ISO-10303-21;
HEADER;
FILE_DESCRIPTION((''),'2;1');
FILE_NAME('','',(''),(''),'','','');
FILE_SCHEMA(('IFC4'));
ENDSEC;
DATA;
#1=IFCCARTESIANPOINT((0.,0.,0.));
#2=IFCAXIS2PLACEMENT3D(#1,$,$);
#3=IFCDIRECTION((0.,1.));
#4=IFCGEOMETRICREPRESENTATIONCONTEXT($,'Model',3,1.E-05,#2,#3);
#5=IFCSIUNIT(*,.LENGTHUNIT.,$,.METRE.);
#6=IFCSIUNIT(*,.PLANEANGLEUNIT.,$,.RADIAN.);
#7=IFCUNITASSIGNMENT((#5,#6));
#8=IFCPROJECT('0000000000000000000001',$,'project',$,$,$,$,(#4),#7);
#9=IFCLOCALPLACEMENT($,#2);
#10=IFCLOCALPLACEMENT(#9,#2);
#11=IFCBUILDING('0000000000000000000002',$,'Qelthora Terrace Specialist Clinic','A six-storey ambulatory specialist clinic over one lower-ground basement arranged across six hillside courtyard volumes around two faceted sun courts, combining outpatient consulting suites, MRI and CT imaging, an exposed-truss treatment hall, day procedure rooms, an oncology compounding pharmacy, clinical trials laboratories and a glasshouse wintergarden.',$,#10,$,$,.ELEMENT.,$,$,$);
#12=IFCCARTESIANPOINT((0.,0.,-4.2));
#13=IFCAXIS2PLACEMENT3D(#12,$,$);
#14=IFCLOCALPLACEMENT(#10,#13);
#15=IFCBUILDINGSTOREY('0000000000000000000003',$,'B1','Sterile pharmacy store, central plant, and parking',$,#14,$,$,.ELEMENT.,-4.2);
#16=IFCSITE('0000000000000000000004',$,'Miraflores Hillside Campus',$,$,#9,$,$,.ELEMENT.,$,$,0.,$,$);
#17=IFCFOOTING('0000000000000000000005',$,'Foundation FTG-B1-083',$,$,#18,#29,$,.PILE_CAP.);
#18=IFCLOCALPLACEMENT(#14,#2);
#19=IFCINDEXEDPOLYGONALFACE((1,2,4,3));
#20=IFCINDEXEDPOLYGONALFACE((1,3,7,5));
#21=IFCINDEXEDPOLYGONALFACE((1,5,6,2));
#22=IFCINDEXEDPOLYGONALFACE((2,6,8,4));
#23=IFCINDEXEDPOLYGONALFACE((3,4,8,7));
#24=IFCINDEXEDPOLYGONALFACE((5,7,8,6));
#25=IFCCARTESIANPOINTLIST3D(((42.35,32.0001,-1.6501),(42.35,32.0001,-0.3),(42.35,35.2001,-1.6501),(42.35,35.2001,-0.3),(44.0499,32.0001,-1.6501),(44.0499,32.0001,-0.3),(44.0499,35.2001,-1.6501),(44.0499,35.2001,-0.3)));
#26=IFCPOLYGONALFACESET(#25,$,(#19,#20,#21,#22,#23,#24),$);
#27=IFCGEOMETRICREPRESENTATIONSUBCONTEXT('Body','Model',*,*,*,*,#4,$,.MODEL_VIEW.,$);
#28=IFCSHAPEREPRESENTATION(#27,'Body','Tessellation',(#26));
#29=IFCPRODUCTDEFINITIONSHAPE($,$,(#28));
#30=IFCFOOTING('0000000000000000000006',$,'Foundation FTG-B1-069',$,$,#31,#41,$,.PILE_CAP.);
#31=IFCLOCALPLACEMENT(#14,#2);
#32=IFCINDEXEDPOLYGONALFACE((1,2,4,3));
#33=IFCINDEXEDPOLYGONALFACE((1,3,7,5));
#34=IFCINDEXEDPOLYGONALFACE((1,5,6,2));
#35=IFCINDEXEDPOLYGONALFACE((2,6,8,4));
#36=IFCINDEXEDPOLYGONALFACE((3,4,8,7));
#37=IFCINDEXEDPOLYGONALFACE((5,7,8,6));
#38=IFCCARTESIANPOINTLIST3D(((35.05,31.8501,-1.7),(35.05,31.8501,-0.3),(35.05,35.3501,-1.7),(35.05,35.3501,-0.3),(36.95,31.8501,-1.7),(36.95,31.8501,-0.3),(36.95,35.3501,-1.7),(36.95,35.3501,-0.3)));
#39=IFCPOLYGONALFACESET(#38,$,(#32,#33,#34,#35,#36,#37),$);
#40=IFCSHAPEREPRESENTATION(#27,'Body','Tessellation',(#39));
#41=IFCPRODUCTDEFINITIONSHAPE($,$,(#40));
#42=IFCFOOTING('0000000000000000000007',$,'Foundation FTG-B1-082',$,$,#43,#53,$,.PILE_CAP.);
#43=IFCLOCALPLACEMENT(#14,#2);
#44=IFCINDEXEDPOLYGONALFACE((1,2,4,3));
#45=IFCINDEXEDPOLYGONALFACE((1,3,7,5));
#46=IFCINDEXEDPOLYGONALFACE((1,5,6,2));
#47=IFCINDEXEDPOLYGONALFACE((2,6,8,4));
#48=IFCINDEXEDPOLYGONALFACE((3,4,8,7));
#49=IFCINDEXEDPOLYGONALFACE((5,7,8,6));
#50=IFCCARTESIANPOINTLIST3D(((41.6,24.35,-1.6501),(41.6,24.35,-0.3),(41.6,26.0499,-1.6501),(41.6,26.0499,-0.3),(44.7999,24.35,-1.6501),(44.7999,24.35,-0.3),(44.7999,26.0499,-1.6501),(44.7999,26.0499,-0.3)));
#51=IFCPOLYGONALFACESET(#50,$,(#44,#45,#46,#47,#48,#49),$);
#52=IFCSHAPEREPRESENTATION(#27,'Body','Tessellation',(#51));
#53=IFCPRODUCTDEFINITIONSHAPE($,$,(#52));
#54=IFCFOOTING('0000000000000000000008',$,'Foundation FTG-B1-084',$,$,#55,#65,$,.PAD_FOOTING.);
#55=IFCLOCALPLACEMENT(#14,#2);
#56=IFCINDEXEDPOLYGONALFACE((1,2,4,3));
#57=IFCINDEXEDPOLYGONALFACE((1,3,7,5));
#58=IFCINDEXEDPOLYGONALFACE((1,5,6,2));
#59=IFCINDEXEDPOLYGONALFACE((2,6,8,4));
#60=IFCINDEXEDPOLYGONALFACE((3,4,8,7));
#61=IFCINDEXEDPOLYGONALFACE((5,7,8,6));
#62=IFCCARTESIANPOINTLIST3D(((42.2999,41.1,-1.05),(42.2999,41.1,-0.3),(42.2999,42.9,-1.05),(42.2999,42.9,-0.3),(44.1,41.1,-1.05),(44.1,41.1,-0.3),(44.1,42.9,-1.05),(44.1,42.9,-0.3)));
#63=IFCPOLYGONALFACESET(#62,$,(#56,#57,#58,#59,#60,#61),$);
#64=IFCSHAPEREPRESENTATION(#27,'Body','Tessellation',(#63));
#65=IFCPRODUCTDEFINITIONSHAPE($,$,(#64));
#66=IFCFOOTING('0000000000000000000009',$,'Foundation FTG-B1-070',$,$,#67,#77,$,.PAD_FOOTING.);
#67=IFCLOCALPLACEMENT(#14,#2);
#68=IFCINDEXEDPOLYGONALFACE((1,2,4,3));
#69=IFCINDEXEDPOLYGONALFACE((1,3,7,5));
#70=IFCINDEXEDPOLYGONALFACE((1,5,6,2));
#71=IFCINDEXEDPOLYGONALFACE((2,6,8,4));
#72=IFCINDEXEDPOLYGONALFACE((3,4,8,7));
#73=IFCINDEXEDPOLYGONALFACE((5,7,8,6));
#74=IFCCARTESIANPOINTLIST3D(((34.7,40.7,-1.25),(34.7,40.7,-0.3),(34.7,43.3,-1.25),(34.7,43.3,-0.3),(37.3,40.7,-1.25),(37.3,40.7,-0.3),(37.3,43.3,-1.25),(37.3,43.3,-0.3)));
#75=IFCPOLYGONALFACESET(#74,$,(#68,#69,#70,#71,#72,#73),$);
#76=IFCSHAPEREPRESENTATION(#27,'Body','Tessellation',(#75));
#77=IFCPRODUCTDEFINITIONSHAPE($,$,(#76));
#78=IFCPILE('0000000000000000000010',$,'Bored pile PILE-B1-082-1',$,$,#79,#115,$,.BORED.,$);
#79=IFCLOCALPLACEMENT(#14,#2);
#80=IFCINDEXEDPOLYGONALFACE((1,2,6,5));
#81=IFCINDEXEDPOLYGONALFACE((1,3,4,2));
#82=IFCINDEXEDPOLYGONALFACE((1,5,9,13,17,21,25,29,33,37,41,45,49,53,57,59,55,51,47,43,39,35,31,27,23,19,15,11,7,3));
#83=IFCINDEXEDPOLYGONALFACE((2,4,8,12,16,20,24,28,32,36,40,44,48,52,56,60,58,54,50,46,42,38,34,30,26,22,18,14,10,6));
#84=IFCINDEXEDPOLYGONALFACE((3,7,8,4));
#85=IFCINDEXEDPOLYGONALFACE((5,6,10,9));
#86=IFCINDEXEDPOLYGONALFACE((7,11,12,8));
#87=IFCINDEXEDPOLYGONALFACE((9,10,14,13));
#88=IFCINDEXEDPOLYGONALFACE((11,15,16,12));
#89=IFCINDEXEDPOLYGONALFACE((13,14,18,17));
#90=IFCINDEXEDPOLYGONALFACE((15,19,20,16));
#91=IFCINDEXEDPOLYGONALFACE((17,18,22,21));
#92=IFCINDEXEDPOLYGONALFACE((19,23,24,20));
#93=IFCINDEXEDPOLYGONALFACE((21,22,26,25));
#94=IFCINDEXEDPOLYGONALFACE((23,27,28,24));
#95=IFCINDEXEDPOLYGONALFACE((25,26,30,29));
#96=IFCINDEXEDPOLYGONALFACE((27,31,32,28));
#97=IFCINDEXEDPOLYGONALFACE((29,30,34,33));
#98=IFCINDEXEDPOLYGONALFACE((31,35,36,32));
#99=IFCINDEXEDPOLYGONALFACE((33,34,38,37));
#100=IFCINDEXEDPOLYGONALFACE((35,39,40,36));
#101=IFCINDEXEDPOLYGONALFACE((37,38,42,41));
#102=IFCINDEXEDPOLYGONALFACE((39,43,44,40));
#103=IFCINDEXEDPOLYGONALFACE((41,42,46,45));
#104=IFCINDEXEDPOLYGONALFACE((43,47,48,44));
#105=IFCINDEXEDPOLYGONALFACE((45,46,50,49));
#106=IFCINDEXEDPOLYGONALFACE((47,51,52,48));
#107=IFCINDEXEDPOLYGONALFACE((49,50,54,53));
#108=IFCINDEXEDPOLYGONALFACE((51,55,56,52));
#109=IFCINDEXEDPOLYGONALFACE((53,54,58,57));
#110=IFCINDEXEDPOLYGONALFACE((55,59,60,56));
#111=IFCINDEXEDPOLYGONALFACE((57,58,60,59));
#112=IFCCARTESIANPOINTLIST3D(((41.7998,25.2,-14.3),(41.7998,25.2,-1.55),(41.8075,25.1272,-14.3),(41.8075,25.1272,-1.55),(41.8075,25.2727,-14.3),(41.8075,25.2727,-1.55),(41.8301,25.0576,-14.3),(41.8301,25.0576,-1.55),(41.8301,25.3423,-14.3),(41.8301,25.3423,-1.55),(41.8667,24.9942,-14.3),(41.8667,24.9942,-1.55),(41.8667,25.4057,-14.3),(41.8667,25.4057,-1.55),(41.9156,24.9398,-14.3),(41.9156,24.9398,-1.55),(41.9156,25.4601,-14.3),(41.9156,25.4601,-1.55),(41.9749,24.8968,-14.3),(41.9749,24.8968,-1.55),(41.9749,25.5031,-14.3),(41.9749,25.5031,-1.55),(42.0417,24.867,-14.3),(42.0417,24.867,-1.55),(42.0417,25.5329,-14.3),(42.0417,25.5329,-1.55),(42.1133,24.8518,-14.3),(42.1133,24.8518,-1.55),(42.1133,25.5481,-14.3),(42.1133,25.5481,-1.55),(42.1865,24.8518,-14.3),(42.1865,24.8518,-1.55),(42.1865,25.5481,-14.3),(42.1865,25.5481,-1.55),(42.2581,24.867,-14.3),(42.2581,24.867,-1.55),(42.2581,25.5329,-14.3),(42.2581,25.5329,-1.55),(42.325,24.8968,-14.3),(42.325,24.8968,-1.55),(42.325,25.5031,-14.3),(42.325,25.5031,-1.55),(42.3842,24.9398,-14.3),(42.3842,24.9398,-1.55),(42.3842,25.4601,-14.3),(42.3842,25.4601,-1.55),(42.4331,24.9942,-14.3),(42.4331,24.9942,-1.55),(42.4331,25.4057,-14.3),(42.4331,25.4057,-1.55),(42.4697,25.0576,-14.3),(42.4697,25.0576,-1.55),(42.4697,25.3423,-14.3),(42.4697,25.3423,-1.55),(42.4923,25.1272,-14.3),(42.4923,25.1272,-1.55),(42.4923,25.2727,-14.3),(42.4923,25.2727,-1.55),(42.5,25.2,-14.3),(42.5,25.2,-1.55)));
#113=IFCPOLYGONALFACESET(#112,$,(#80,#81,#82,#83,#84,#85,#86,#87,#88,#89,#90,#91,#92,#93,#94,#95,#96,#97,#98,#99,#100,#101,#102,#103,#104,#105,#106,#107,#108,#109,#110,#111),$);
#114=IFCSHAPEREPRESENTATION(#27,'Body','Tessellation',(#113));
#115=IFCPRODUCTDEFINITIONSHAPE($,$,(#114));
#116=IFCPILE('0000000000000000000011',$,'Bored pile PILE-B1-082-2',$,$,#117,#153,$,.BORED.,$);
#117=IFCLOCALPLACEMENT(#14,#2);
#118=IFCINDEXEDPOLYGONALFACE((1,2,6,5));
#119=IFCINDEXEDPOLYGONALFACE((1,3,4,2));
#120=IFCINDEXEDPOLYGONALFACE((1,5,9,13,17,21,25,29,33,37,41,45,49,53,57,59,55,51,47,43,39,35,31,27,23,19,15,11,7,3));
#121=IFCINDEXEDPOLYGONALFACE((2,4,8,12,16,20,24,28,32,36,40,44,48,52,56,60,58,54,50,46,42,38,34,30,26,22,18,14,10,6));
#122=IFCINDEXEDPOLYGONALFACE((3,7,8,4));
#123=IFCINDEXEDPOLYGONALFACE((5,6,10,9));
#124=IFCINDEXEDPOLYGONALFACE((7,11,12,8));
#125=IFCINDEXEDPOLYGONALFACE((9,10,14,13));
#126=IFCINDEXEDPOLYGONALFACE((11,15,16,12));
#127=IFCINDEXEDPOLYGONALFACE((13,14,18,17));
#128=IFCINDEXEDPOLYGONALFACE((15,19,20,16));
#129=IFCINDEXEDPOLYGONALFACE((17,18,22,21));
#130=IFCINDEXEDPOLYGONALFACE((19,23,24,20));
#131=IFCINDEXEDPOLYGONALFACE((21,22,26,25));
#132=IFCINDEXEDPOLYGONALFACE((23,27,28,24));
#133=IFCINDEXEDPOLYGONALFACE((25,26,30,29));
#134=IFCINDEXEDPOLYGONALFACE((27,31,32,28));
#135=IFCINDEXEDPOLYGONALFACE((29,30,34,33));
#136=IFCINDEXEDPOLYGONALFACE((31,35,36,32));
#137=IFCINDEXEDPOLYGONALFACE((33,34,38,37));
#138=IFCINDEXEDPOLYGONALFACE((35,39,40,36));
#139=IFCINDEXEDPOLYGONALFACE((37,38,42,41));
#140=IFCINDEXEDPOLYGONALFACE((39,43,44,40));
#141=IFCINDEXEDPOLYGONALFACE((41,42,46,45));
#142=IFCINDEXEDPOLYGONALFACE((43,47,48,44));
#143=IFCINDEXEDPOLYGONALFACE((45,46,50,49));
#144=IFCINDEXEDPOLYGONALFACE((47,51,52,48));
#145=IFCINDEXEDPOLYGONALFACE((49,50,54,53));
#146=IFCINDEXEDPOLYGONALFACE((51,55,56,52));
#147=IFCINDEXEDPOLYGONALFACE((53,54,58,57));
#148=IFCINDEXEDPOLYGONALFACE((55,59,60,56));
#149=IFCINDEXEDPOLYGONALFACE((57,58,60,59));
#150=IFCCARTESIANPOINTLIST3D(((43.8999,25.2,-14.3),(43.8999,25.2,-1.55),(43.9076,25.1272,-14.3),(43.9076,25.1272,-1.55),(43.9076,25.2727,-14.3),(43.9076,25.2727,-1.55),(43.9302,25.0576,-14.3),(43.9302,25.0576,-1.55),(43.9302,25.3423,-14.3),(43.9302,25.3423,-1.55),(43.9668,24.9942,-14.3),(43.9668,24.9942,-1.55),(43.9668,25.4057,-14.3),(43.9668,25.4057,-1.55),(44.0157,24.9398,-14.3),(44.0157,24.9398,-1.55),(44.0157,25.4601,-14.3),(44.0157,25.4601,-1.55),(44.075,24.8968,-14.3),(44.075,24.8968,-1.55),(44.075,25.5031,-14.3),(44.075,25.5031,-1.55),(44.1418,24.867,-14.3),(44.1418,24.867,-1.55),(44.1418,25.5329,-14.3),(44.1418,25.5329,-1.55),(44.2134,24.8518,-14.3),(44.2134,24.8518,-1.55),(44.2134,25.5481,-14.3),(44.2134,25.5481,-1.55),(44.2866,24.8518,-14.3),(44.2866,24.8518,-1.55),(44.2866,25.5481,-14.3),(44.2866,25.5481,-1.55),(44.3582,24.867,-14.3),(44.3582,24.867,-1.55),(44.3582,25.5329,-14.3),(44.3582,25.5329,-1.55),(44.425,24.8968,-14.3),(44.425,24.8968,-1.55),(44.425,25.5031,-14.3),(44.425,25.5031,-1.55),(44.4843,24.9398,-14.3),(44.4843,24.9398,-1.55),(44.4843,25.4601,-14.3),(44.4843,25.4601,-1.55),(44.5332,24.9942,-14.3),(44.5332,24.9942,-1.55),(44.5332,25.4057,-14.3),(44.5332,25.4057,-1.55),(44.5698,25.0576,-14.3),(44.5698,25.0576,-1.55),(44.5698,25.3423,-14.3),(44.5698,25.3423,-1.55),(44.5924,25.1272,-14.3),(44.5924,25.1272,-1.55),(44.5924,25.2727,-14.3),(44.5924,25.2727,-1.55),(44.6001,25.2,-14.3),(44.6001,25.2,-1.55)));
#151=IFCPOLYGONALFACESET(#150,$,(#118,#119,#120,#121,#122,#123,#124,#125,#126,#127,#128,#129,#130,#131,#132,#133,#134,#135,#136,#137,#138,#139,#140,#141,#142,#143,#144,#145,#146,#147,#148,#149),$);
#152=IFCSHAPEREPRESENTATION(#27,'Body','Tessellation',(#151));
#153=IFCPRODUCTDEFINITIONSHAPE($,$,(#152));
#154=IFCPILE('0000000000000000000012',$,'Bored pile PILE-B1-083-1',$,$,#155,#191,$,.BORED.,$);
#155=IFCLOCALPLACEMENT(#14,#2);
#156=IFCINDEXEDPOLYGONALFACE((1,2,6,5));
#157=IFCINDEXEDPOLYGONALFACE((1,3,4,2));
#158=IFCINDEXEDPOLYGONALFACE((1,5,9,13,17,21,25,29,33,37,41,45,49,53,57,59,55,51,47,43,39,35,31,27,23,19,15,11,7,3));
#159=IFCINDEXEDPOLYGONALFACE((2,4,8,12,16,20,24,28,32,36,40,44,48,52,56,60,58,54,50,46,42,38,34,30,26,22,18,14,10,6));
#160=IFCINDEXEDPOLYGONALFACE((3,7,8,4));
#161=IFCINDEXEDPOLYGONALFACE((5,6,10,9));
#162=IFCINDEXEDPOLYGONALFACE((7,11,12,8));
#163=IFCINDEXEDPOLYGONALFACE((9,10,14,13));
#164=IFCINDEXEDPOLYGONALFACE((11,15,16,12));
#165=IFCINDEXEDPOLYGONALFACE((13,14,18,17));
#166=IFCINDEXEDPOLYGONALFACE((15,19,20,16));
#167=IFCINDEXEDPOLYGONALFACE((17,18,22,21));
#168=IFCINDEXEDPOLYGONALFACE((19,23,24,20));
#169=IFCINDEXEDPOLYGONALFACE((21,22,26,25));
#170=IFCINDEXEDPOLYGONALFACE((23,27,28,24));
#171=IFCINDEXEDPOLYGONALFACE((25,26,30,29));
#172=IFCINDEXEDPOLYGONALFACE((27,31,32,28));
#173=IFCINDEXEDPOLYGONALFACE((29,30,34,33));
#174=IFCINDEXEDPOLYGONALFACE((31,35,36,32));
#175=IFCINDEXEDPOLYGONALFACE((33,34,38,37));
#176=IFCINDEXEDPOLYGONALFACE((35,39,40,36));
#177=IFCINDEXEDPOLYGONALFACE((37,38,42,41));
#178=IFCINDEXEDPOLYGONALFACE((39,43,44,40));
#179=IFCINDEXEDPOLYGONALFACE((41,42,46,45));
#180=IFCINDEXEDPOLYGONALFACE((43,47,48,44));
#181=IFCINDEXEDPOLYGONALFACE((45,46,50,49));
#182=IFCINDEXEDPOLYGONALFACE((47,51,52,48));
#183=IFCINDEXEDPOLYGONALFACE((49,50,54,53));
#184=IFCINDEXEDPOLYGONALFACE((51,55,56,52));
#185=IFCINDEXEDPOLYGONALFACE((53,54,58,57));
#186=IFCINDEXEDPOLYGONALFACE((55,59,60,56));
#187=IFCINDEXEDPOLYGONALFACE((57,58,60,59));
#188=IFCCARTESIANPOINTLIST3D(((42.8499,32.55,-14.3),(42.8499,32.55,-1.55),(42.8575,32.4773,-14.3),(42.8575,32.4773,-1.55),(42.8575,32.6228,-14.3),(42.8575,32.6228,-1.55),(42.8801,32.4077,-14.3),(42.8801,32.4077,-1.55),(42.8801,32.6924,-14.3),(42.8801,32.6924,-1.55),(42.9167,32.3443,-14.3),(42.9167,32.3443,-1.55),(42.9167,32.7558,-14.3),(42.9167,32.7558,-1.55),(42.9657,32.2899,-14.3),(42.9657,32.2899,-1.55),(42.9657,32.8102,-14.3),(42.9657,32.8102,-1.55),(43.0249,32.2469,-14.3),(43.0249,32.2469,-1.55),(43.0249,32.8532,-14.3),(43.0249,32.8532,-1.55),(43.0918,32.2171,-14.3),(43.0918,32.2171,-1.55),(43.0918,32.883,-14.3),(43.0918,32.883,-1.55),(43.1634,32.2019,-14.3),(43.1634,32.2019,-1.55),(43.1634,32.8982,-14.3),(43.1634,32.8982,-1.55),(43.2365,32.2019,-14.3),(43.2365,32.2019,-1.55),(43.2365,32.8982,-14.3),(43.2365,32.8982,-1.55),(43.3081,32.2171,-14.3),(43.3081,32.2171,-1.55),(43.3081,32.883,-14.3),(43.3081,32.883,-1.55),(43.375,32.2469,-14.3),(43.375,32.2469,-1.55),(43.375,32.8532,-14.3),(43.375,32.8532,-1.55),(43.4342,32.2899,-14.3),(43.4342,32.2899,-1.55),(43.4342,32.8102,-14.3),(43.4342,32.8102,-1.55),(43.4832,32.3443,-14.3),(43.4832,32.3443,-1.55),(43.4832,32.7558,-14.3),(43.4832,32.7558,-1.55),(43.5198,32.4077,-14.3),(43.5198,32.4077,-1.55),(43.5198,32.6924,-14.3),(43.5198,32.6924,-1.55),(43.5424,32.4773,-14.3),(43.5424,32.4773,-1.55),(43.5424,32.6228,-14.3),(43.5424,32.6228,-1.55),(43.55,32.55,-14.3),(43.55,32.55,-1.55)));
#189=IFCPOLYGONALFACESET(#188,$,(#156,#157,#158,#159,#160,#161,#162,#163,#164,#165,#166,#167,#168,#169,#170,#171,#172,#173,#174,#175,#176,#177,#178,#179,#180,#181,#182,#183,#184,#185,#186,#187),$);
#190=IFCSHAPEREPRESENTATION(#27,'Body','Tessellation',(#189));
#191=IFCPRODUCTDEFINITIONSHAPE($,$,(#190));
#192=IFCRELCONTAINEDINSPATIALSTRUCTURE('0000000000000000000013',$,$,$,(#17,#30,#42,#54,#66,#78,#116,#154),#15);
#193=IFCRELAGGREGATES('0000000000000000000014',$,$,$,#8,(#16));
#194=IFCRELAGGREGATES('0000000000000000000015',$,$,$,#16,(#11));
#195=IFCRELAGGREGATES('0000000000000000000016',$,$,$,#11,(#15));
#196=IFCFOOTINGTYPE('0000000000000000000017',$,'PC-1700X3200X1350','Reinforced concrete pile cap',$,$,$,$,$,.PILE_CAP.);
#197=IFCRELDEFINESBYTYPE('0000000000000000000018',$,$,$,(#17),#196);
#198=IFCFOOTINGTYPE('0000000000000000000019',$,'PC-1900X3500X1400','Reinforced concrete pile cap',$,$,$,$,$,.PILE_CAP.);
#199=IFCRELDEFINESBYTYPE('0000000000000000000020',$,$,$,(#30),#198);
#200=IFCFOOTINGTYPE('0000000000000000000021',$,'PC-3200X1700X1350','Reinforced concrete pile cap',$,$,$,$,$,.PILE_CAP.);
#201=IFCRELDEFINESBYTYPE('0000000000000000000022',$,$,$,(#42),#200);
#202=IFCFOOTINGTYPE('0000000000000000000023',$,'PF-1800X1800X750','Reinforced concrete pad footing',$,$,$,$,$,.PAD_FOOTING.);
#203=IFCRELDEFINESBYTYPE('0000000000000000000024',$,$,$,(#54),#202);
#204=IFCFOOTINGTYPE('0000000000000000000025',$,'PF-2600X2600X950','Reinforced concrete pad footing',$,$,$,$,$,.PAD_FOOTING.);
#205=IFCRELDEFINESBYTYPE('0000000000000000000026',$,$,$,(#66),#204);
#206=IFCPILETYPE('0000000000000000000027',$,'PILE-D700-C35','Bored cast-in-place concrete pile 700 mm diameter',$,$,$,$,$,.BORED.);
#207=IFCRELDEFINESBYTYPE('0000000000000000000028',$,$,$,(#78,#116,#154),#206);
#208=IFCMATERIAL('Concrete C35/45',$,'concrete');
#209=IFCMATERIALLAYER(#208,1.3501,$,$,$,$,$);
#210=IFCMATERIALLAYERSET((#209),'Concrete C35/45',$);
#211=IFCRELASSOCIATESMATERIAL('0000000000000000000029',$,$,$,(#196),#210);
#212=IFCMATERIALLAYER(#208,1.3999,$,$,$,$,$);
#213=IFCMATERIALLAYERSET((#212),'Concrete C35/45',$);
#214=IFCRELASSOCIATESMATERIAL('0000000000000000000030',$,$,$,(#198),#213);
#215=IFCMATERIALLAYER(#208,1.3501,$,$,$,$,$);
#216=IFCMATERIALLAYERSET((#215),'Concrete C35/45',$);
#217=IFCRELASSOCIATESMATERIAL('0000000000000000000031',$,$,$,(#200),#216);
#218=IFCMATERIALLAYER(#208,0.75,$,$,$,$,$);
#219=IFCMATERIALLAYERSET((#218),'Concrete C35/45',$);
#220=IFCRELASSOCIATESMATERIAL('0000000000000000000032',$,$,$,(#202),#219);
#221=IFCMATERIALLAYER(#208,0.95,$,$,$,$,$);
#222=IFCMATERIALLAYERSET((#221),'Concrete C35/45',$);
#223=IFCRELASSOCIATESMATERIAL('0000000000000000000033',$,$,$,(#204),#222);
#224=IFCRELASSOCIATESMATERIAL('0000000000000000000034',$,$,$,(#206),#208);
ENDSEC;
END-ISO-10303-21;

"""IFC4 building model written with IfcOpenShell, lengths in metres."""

from ifc_helpers import new_model, si_unit, direction, frame, origin, origin_2d, place, context, subcontext, project, spatial, rectangle, circle, extrude, material, layer, layer_set, material_profile, profile_set, type_object, element, save


model = new_model("IFC4")

# Units and contexts
model_context = context("Model", 3, precision=1e-05, world=origin(), true_north=direction((0.0, 1.0)))
body_context = subcontext(model_context, "Body", "Model", "MODEL_VIEW")
ifc_project = project(units=[si_unit("LENGTHUNIT", "METRE"), si_unit("PLANEANGLEUNIT", "RADIAN")], contexts=[model_context])

# Site, building, storey
site_placement = place(None, origin())
site = spatial("IfcSite", under=ifc_project, at=site_placement, Name="Miraflores Hillside Campus", CompositionType="ELEMENT", RefElevation=0.0)
building_placement = place(site_placement, origin())
building = spatial("IfcBuilding", under=site, at=building_placement, Name="Qelthora Terrace Specialist Clinic", Description="A six-storey ambulatory specialist clinic over one lower-ground basement arranged across six hillside courtyard volumes around two faceted sun courts, combining outpatient consulting suites, MRI and CT imaging, an exposed-truss treatment hall, day procedure rooms, an oncology compounding pharmacy, clinical trials laboratories and a glasshouse wintergarden.", CompositionType="ELEMENT")
storey_placement = place(building_placement, frame((0.0, 0.0, -4.2)))
storey = spatial("IfcBuildingStorey", under=building, at=storey_placement, Name="B1", Description="Sterile pharmacy store, central plant, and parking", CompositionType="ELEMENT", Elevation=-4.2)

# Footings
ifc_material_1 = material(Name="Concrete C35/45", Category="concrete")
ifc_layer_1 = layer(ifc_material_1, 1.3501)
ifc_layer_set_1 = layer_set([ifc_layer_1], Name="Concrete C35/45")
footing_type_1 = type_object("IfcFootingType", Name="PC-1700X3200X1350", Description="Reinforced concrete pile cap", PredefinedType="PILE_CAP", material=ifc_layer_set_1)
footing_1_placement = place(storey_placement, frame((43.2, 33.6001, -1.6501), z_axis=(0.0, 0.0, 1.0), x_axis=(1.0, 0.0, 0.0)))
element("IfcFooting", 1, at=footing_1_placement, inside=storey, type_object=footing_type_1, Name="Foundation FTG-B1-083", PredefinedType="PILE_CAP", context=body_context, shape_type="SweptSolid", body=[
    extrude(rectangle(XDim=1.7, YDim=3.2, at=origin_2d()), origin(), (0.0, 0.0, 1.0), 1.3501),
])
ifc_layer_2 = layer(ifc_material_1, 1.3999)
ifc_layer_set_2 = layer_set([ifc_layer_2], Name="Concrete C35/45")
footing_type_2 = type_object("IfcFootingType", Name="PC-1900X3500X1400", Description="Reinforced concrete pile cap", PredefinedType="PILE_CAP", material=ifc_layer_set_2)
footing_2_placement = place(storey_placement, frame((36.0, 33.6001, -1.7), z_axis=(0.0, 0.0, 1.0), x_axis=(1.0, 0.0, 0.0)))
element("IfcFooting", 2, at=footing_2_placement, inside=storey, type_object=footing_type_2, Name="Foundation FTG-B1-069", PredefinedType="PILE_CAP", context=body_context, shape_type="SweptSolid", body=[
    extrude(rectangle(XDim=1.8999, YDim=3.5, at=origin_2d()), origin(), (0.0, 0.0, 1.0), 1.3999),
])
ifc_layer_3 = layer(ifc_material_1, 1.3501)
ifc_layer_set_3 = layer_set([ifc_layer_3], Name="Concrete C35/45")
footing_type_3 = type_object("IfcFootingType", Name="PC-3200X1700X1350", Description="Reinforced concrete pile cap", PredefinedType="PILE_CAP", material=ifc_layer_set_3)
footing_3_placement = place(storey_placement, frame((43.2, 25.2, -1.6501), z_axis=(0.0, 0.0, 1.0), x_axis=(1.0, 0.0, 0.0)))
element("IfcFooting", 3, at=footing_3_placement, inside=storey, type_object=footing_type_3, Name="Foundation FTG-B1-082", PredefinedType="PILE_CAP", context=body_context, shape_type="SweptSolid", body=[
    extrude(rectangle(XDim=3.2, YDim=1.7, at=origin_2d()), origin(), (0.0, 0.0, 1.0), 1.3501),
])
ifc_layer_4 = layer(ifc_material_1, 0.75)
ifc_layer_set_4 = layer_set([ifc_layer_4], Name="Concrete C35/45")
footing_type_4 = type_object("IfcFootingType", Name="PF-1800X1800X750", Description="Reinforced concrete pad footing", PredefinedType="PAD_FOOTING", material=ifc_layer_set_4)
footing_4_placement = place(storey_placement, frame((43.2, 42.0, -1.05), z_axis=(0.0, 0.0, 1.0), x_axis=(1.0, 0.0, 0.0)))
element("IfcFooting", 4, at=footing_4_placement, inside=storey, type_object=footing_type_4, Name="Foundation FTG-B1-084", PredefinedType="PAD_FOOTING", context=body_context, shape_type="SweptSolid", body=[
    extrude(rectangle(XDim=1.8, YDim=1.8, at=origin_2d()), origin(), (0.0, 0.0, 1.0), 0.75),
])
ifc_layer_5 = layer(ifc_material_1, 0.95)
ifc_layer_set_5 = layer_set([ifc_layer_5], Name="Concrete C35/45")
footing_type_5 = type_object("IfcFootingType", Name="PF-2600X2600X950", Description="Reinforced concrete pad footing", PredefinedType="PAD_FOOTING", material=ifc_layer_set_5)
footing_5_placement = place(storey_placement, frame((36.0, 42.0, -1.25), z_axis=(0.0, 0.0, 1.0), x_axis=(1.0, 0.0, 0.0)))
element("IfcFooting", 5, at=footing_5_placement, inside=storey, type_object=footing_type_5, Name="Foundation FTG-B1-070", PredefinedType="PAD_FOOTING", context=body_context, shape_type="SweptSolid", body=[
    extrude(rectangle(XDim=2.6001, YDim=2.6001, at=origin_2d()), origin(), (0.0, 0.0, 1.0), 0.95),
])

# Piles
ifc_material_profile_1 = material_profile(ifc_material_1, circle(Radius=0.3501, at=origin_2d()), Name="PILE700")
ifc_profile_set_1 = profile_set([ifc_material_profile_1], Name="Concrete C35/45")
pile_type_1 = type_object("IfcPileType", Name="PILE-D700-C35", Description="Bored cast-in-place concrete pile 700 mm diameter", PredefinedType="BORED", material=ifc_profile_set_1)
for number, where, z_axis, x_axis, name in (
    (6, (42.1499, 25.2, -1.55), (0.0, 0.0, -1.0), (1.0, 0.0, 0.0), "Bored pile PILE-B1-082-1"),
    (7, (44.25, 25.2, -1.55), (0.0, 0.0, -1.0), (1.0, 0.0, 0.0), "Bored pile PILE-B1-082-2"),
    (8, (43.2, 32.55, -1.55), (0.0, 0.0, -1.0), (1.0, 0.0, 0.0), "Bored pile PILE-B1-083-1"),
):
    element("IfcPile", number, at=place(storey_placement, frame(where, z_axis=z_axis, x_axis=x_axis)), inside=storey, type_object=pile_type_1, Name=name, PredefinedType="BORED", context=body_context, shape_type="SweptSolid", body=[
        extrude(circle(Radius=0.3501, at=origin_2d()), origin(), (0.0, 0.0, 1.0), 12.75),
    ])

save(model, "model.ifc")
